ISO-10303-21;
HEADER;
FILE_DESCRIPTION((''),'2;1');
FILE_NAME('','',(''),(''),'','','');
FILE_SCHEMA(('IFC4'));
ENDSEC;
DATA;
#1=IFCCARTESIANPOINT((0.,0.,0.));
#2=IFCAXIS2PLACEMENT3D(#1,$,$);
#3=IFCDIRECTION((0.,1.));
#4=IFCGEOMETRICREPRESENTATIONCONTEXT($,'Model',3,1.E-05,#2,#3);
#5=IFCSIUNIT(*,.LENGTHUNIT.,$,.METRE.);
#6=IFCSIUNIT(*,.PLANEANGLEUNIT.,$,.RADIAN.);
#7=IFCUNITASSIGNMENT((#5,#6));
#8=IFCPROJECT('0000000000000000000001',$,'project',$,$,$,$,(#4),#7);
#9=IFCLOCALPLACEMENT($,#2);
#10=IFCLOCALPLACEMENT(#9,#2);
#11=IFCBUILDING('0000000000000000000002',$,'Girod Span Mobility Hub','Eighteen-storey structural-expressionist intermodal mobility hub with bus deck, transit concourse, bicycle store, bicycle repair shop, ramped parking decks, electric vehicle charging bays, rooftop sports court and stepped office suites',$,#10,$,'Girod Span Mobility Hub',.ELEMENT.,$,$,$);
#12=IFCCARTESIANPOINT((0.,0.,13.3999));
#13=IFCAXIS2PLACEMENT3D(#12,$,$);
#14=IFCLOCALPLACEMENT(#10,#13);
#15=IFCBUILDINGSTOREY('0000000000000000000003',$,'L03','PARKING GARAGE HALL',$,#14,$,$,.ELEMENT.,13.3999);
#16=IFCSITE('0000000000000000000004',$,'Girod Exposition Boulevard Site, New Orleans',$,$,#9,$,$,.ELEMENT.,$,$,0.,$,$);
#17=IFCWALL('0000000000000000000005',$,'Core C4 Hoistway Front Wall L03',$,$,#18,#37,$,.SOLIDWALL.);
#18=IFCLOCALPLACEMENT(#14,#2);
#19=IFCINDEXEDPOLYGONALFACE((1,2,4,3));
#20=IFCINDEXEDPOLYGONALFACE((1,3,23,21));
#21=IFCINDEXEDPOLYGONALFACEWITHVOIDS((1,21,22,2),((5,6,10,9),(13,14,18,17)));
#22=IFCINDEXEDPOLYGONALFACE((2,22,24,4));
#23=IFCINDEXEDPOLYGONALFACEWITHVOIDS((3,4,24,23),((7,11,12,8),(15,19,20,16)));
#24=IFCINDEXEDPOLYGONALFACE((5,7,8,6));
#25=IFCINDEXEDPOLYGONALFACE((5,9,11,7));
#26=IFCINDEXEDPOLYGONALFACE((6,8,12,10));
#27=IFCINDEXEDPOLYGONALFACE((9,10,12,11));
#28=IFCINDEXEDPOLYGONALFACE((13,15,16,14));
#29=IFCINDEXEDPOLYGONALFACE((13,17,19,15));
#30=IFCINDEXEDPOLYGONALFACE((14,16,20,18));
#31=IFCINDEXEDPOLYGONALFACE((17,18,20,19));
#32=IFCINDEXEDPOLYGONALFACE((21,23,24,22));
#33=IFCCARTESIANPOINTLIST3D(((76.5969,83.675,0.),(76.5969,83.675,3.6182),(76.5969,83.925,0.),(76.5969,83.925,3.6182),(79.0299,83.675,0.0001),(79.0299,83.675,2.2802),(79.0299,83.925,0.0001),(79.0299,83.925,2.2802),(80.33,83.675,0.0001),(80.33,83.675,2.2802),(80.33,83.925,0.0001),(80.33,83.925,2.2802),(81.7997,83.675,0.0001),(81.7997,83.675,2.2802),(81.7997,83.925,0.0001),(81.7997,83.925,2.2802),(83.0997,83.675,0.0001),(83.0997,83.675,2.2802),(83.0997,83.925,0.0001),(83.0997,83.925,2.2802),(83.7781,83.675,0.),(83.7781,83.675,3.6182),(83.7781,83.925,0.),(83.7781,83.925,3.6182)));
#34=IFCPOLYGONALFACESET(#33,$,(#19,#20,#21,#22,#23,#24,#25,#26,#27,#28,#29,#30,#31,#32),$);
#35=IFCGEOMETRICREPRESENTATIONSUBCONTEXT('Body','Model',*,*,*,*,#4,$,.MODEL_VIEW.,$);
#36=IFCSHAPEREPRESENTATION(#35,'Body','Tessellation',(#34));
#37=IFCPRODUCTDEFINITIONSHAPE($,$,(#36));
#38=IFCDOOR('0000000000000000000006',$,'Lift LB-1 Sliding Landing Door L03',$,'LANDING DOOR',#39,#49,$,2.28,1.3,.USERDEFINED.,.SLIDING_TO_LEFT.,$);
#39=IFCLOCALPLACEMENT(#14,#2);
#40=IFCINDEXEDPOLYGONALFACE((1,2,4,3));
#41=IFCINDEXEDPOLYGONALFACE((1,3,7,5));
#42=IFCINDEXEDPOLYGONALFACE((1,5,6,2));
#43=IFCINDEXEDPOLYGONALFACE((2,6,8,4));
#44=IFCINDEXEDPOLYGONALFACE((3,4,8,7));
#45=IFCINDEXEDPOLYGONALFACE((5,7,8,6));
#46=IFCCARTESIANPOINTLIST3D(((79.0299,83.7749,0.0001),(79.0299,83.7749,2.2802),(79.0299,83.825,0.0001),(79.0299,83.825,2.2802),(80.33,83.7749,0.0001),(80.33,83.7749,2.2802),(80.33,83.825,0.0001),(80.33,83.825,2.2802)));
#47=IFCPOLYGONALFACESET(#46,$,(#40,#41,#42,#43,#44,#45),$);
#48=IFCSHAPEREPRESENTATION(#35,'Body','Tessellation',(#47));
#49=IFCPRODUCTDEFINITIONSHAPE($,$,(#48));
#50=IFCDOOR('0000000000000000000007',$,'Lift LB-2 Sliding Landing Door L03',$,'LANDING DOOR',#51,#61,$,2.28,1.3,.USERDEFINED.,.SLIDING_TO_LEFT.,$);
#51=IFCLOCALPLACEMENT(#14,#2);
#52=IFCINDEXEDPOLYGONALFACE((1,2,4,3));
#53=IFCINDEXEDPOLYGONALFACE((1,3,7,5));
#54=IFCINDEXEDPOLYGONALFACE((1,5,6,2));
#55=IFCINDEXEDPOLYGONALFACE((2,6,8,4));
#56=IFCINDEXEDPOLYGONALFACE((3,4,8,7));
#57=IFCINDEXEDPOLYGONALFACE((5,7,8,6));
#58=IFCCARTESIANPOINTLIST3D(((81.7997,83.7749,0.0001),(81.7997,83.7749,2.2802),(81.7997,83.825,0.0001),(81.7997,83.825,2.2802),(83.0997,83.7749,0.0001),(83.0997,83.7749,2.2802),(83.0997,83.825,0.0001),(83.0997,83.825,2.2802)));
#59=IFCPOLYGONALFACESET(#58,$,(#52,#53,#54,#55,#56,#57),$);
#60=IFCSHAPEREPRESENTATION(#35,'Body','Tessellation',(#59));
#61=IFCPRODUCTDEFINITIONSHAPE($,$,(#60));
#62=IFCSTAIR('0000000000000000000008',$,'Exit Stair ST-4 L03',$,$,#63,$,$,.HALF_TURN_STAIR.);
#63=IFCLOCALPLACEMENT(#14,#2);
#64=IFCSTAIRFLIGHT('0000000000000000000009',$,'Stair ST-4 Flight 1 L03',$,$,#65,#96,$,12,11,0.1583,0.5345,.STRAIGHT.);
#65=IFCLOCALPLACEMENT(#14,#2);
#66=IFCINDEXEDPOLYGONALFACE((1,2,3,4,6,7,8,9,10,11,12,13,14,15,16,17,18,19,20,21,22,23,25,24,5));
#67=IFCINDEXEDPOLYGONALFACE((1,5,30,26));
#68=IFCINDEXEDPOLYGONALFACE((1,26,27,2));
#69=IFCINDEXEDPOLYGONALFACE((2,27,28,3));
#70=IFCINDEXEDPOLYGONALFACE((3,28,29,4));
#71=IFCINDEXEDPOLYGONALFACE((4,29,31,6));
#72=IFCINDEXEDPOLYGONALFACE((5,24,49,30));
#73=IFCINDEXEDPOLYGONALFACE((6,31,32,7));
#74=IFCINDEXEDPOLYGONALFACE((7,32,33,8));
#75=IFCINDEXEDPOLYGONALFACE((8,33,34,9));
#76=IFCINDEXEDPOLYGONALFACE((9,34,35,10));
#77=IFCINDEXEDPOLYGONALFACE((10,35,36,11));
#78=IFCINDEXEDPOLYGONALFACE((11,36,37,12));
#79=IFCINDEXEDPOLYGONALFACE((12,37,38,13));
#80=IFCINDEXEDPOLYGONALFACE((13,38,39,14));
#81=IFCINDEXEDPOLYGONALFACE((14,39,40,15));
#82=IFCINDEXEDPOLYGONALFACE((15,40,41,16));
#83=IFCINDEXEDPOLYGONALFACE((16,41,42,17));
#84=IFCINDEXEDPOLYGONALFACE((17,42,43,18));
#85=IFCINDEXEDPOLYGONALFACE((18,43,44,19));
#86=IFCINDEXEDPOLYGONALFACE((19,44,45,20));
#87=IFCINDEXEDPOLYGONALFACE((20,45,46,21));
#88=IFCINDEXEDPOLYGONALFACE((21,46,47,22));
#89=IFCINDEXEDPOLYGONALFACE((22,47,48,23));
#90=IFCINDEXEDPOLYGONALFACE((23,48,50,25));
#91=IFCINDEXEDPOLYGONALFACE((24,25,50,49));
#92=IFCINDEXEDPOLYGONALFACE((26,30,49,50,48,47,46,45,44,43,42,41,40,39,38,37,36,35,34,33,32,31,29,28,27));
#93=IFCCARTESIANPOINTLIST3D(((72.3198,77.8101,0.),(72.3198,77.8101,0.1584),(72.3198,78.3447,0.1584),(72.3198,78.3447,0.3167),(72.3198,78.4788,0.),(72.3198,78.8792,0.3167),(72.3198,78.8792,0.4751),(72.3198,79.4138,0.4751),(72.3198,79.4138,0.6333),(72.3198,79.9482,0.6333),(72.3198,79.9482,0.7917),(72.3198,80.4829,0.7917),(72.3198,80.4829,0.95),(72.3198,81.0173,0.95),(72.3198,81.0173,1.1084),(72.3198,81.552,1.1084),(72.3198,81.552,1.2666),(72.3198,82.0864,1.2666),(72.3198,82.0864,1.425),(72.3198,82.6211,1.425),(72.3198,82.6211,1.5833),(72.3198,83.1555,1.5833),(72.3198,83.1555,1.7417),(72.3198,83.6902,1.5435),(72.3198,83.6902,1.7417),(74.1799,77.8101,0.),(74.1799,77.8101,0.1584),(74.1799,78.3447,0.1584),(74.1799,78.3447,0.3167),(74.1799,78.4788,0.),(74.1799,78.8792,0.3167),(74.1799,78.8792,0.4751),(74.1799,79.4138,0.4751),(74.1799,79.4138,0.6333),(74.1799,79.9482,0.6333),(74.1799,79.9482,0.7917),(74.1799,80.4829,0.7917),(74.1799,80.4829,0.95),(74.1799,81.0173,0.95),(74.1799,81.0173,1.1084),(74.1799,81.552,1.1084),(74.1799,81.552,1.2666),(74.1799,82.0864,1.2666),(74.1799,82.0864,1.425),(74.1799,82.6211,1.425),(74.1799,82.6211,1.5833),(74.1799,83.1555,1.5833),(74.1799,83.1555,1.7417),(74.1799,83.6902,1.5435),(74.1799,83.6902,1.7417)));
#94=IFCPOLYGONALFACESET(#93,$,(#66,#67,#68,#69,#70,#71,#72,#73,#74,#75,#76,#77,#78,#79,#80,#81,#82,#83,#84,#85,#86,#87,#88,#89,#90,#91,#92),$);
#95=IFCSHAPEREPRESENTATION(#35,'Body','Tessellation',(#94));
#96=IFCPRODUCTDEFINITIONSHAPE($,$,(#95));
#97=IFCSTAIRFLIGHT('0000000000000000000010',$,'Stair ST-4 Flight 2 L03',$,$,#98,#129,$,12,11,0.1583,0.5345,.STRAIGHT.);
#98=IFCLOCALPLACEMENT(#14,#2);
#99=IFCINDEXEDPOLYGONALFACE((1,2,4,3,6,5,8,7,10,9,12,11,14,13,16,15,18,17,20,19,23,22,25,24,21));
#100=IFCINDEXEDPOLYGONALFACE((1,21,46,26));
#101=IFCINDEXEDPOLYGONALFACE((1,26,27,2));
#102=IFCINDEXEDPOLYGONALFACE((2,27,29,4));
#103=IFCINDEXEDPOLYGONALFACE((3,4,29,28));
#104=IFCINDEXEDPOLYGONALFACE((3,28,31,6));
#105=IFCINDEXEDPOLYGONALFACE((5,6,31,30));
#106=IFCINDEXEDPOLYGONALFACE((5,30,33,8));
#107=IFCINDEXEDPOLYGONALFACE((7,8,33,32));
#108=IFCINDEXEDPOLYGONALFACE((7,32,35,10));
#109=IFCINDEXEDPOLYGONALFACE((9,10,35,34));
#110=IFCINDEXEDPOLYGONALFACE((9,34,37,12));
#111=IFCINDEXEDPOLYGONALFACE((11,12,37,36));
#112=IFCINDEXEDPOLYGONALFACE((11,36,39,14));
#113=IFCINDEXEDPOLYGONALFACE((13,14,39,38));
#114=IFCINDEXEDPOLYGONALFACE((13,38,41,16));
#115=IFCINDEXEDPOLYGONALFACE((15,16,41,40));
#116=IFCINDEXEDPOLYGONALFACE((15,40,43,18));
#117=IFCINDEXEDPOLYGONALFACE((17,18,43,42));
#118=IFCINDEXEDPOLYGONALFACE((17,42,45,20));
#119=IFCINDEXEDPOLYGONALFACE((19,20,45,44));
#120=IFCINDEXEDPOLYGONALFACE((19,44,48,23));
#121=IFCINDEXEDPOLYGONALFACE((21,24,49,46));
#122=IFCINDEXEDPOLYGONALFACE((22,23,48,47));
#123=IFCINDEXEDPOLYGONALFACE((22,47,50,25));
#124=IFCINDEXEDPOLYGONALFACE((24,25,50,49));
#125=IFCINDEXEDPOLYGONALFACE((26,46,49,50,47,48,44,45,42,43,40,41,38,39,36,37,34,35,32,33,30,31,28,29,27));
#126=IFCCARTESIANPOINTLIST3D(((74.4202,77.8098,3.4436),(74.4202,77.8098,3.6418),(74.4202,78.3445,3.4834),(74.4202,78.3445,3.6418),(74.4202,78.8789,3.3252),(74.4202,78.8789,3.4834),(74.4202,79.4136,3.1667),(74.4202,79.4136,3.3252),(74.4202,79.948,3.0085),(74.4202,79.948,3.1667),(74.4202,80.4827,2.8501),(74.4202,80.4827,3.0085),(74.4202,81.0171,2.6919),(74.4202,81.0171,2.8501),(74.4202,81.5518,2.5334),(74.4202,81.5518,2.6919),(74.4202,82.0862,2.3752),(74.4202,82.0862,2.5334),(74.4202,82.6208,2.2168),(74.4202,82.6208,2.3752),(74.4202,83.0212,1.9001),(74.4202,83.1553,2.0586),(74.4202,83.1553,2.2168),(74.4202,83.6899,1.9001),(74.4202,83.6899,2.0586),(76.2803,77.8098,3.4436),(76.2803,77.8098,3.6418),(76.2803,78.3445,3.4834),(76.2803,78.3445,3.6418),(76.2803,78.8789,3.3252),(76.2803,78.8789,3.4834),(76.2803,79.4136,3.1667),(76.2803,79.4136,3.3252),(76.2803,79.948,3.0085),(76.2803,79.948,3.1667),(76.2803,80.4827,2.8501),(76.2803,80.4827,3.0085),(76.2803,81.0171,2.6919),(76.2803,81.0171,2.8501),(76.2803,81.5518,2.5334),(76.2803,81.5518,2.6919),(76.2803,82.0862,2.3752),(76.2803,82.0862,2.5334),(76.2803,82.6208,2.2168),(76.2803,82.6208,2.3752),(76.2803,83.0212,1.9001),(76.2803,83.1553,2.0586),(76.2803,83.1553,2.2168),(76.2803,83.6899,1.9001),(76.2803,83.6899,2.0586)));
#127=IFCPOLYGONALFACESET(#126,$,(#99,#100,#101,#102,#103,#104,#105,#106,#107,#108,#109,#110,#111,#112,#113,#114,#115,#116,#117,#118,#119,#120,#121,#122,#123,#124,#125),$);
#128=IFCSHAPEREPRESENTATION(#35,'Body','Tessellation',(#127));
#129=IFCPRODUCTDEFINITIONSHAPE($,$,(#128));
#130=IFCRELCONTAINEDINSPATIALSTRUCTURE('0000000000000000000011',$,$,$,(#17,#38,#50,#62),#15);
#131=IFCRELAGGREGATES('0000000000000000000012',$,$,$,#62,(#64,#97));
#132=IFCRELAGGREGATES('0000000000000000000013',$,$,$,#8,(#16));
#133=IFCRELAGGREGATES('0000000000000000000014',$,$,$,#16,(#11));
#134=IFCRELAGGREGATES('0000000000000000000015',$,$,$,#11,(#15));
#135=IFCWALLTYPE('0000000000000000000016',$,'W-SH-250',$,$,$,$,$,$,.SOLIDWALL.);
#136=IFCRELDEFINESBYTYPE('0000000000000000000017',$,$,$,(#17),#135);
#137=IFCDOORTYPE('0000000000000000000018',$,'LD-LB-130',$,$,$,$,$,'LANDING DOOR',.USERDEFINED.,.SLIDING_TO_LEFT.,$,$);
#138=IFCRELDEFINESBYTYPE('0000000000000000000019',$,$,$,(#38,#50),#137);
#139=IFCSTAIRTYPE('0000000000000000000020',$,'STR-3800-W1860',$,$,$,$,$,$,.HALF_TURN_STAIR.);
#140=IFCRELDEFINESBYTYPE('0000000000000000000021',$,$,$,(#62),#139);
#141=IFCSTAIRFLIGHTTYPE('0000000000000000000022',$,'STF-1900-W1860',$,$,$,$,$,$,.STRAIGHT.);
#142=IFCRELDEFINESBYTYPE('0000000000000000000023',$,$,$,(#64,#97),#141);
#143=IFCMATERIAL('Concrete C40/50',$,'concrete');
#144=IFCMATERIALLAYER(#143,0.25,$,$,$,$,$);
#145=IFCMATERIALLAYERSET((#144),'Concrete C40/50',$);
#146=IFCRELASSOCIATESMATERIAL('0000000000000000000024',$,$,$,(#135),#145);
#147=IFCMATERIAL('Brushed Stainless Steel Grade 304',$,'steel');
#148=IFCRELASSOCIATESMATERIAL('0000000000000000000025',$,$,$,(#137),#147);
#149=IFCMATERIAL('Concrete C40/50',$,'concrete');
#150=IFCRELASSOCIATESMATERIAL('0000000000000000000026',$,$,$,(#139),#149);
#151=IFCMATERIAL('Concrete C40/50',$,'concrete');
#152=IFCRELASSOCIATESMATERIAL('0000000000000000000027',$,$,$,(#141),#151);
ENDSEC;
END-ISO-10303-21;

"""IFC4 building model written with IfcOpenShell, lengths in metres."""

from ifc_helpers import new_model, si_unit, direction, frame, frame_2d, origin, place, context, subcontext, project, spatial, polyline, rectangle, outline, extrude, material, layer, layer_set, type_object, element, fill, aggregate, save


model = new_model("IFC4")

# Units and contexts
model_context = context("Model", 3, precision=1e-05, world=origin(), true_north=direction((0.0, 1.0)))
body_context = subcontext(model_context, "Body", "Model", "MODEL_VIEW")
ifc_project = project(units=[si_unit("LENGTHUNIT", "METRE"), si_unit("PLANEANGLEUNIT", "RADIAN")], contexts=[model_context])

# Site, building, storey
site_placement = place(None, origin())
site = spatial("IfcSite", under=ifc_project, at=site_placement, Name="Girod Exposition Boulevard Site, New Orleans", CompositionType="ELEMENT", RefElevation=0.0)
building_placement = place(site_placement, origin())
building = spatial("IfcBuilding", under=site, at=building_placement, Name="Girod Span Mobility Hub", Description="Eighteen-storey structural-expressionist intermodal mobility hub with bus deck, transit concourse, bicycle store, bicycle repair shop, ramped parking decks, electric vehicle charging bays, rooftop sports court and stepped office suites", LongName="Girod Span Mobility Hub", CompositionType="ELEMENT")
storey_placement = place(building_placement, frame((0.0, 0.0, 13.3999)))
storey = spatial("IfcBuildingStorey", under=building, at=storey_placement, Name="L03", Description="PARKING GARAGE HALL", CompositionType="ELEMENT", Elevation=13.3999)

# Wall, openings, doors
ifc_material_1 = material(Name="Concrete C40/50", Category="concrete")
ifc_layer_1 = layer(ifc_material_1, 0.25)
ifc_layer_set_1 = layer_set([ifc_layer_1], Name="Concrete C40/50")
wall_type_1 = type_object("IfcWallType", Name="W-SH-250", PredefinedType="SOLIDWALL", material=ifc_layer_set_1)
wall_1_placement = place(storey_placement, frame((76.5969, 83.8, 0.0), z_axis=(0.0, 0.0, 1.0), x_axis=(1.0, 0.0, 0.0)))
wall_1 = element("IfcWall", 1, at=wall_1_placement, inside=storey, type_object=wall_type_1, Name="Core C4 Hoistway Front Wall L03", PredefinedType="SOLIDWALL", context=body_context, shape_type="SweptSolid", body=[
    extrude(rectangle(XDim=7.1812, YDim=0.25, at=frame_2d((3.5906, 0.0))), origin(), (0.0, 0.0, 1.0), 3.6182),
])
opening_1_placement = place(wall_1_placement, frame((2.4331, 0.0, 0.0)))
opening_1 = element("IfcOpeningElement", 2, at=opening_1_placement, cuts=wall_1, PredefinedType="OPENING", context=body_context, shape_type="SweptSolid", body=[
    extrude(rectangle(XDim=1.3, YDim=2.28, at=frame_2d((0.6499, 1.1401))), frame((0.0, 0.1399, 0.0), z_axis=(0.0, -1.0, 0.0), x_axis=(1.0, 0.0, 0.0)), (0.0, 0.0, 1.0), 0.28),
])
opening_2_placement = place(wall_1_placement, frame((5.2029, 0.0, 0.0)))
opening_2 = element("IfcOpeningElement", 3, at=opening_2_placement, cuts=wall_1, PredefinedType="OPENING", context=body_context, shape_type="SweptSolid", body=[
    extrude(rectangle(XDim=1.3, YDim=2.28, at=frame_2d((0.6499, 1.1401))), frame((0.0, 0.1399, 0.0), z_axis=(0.0, -1.0, 0.0), x_axis=(1.0, 0.0, 0.0)), (0.0, 0.0, 1.0), 0.28),
])
ifc_material_2 = material(Name="Brushed Stainless Steel Grade 304", Category="steel")
door_type = type_object("IfcDoorType", Name="LD-LB-130", ElementType="LANDING DOOR", OperationType="SLIDING_TO_LEFT", PredefinedType="USERDEFINED", material=ifc_material_2)
door_1_placement = place(opening_1_placement, origin())
door_1 = element("IfcDoor", 4, at=door_1_placement, inside=storey, type_object=door_type, Name="Lift LB-1 Sliding Landing Door L03", ObjectType="LANDING DOOR", OperationType="SLIDING_TO_LEFT", OverallHeight=2.28, OverallWidth=1.3, PredefinedType="USERDEFINED", context=body_context, shape_type="SweptSolid", body=[
    extrude(rectangle(XDim=1.3, YDim=2.28, at=frame_2d((0.6499, 1.1401))), frame((0.0, 0.0249, 0.0), z_axis=(0.0, -1.0, 0.0), x_axis=(1.0, 0.0, 0.0)), (0.0, 0.0, 1.0), 0.05),
])
fill(opening_1, door_1)
door_2_placement = place(opening_2_placement, origin())
door_2 = element("IfcDoor", 5, at=door_2_placement, inside=storey, type_object=door_type, Name="Lift LB-2 Sliding Landing Door L03", ObjectType="LANDING DOOR", OperationType="SLIDING_TO_LEFT", OverallHeight=2.28, OverallWidth=1.3, PredefinedType="USERDEFINED", context=body_context, shape_type="SweptSolid", body=[
    extrude(rectangle(XDim=1.3, YDim=2.28, at=frame_2d((0.6499, 1.1401))), frame((0.0, 0.0249, 0.0), z_axis=(0.0, -1.0, 0.0), x_axis=(1.0, 0.0, 0.0)), (0.0, 0.0, 1.0), 0.05),
])
fill(opening_2, door_2)

# Stair, stair flights
ifc_material_3 = material(Name="Concrete C40/50", Category="concrete")
stair_type = type_object("IfcStairType", Name="STR-3800-W1860", PredefinedType="HALF_TURN_STAIR", material=ifc_material_3)
stair_placement = place(storey_placement, origin())
stair = element("IfcStair", 6, at=stair_placement, inside=storey, type_object=stair_type, Name="Exit Stair ST-4 L03", PredefinedType="HALF_TURN_STAIR")
ifc_material_4 = material(Name="Concrete C40/50", Category="concrete")
stair_flight_type = type_object("IfcStairFlightType", Name="STF-1900-W1860", PredefinedType="STRAIGHT", material=ifc_material_4)
stair_flight_1_placement = place(storey_placement, frame((73.25, 77.8101, 0.0), z_axis=(0.0, 0.0, 1.0), x_axis=(0.0, 1.0, 0.0)))
stair_flight_1 = element("IfcStairFlight", 7, at=stair_flight_1_placement, type_object=stair_flight_type, Name="Stair ST-4 Flight 1 L03", NumberOfRisers=12, NumberOfTreads=11, PredefinedType="STRAIGHT", RiserHeight=0.1583, TreadLength=0.5345, context=body_context, shape_type="SweptSolid", body=[
    extrude(outline(polyline([(0.0, 0.0), (0.0, 0.1584), (0.5347, 0.1584), (0.5347, 0.3167), (1.0691, 0.3167), (1.0691, 0.4751), (1.6038, 0.4751), (1.6038, 0.6333), (2.1382, 0.6333), (2.1382, 0.7917), (2.6729, 0.7917), (2.6729, 0.95), (3.2073, 0.95), (3.2073, 1.1084), (3.7419, 1.1084), (3.7419, 1.2666), (4.2764, 1.2666), (4.2764, 1.425), (4.811, 1.425), (4.811, 1.5833), (5.3455, 1.5833), (5.3455, 1.7417), (5.8801, 1.7417), (5.8801, 1.8999), (5.8801, 1.5435), (0.6687, 0.0), (0.0, 0.0)])), frame((0.0, 0.9302, 0.0), z_axis=(0.0, -1.0, 0.0), x_axis=(1.0, 0.0, 0.0)), (0.0, 0.0, 1.0), 1.8601),
])
stair_flight_2_placement = place(storey_placement, frame((75.3501, 83.6899, 1.9001), z_axis=(0.0, 0.0, 1.0), x_axis=(0.0, -1.0, 0.0)))
stair_flight_2 = element("IfcStairFlight", 8, at=stair_flight_2_placement, type_object=stair_flight_type, Name="Stair ST-4 Flight 2 L03", NumberOfRisers=12, NumberOfTreads=11, PredefinedType="STRAIGHT", RiserHeight=0.1583, TreadLength=0.5345, context=body_context, shape_type="SweptSolid", body=[
    extrude(outline(polyline([(0.0, 0.0), (0.0, 0.1584), (0.5347, 0.1584), (0.5347, 0.3167), (1.0691, 0.3167), (1.0691, 0.4751), (1.6038, 0.4751), (1.6038, 0.6333), (2.1382, 0.6333), (2.1382, 0.7917), (2.6729, 0.7917), (2.6729, 0.95), (3.2073, 0.95), (3.2073, 1.1084), (3.7419, 1.1084), (3.7419, 1.2666), (4.2764, 1.2666), (4.2764, 1.425), (4.811, 1.425), (4.811, 1.5833), (5.3455, 1.5833), (5.3455, 1.7417), (5.8801, 1.7417), (5.8801, 1.8999), (5.8801, 1.5435), (0.6687, 0.0), (0.0, 0.0)])), frame((0.0, 0.9302, 0.0), z_axis=(0.0, -1.0, 0.0), x_axis=(1.0, 0.0, 0.0)), (0.0, 0.0, 1.0), 1.8601),
])
aggregate(stair, [stair_flight_1, stair_flight_2])

save(model, "model.ifc")
